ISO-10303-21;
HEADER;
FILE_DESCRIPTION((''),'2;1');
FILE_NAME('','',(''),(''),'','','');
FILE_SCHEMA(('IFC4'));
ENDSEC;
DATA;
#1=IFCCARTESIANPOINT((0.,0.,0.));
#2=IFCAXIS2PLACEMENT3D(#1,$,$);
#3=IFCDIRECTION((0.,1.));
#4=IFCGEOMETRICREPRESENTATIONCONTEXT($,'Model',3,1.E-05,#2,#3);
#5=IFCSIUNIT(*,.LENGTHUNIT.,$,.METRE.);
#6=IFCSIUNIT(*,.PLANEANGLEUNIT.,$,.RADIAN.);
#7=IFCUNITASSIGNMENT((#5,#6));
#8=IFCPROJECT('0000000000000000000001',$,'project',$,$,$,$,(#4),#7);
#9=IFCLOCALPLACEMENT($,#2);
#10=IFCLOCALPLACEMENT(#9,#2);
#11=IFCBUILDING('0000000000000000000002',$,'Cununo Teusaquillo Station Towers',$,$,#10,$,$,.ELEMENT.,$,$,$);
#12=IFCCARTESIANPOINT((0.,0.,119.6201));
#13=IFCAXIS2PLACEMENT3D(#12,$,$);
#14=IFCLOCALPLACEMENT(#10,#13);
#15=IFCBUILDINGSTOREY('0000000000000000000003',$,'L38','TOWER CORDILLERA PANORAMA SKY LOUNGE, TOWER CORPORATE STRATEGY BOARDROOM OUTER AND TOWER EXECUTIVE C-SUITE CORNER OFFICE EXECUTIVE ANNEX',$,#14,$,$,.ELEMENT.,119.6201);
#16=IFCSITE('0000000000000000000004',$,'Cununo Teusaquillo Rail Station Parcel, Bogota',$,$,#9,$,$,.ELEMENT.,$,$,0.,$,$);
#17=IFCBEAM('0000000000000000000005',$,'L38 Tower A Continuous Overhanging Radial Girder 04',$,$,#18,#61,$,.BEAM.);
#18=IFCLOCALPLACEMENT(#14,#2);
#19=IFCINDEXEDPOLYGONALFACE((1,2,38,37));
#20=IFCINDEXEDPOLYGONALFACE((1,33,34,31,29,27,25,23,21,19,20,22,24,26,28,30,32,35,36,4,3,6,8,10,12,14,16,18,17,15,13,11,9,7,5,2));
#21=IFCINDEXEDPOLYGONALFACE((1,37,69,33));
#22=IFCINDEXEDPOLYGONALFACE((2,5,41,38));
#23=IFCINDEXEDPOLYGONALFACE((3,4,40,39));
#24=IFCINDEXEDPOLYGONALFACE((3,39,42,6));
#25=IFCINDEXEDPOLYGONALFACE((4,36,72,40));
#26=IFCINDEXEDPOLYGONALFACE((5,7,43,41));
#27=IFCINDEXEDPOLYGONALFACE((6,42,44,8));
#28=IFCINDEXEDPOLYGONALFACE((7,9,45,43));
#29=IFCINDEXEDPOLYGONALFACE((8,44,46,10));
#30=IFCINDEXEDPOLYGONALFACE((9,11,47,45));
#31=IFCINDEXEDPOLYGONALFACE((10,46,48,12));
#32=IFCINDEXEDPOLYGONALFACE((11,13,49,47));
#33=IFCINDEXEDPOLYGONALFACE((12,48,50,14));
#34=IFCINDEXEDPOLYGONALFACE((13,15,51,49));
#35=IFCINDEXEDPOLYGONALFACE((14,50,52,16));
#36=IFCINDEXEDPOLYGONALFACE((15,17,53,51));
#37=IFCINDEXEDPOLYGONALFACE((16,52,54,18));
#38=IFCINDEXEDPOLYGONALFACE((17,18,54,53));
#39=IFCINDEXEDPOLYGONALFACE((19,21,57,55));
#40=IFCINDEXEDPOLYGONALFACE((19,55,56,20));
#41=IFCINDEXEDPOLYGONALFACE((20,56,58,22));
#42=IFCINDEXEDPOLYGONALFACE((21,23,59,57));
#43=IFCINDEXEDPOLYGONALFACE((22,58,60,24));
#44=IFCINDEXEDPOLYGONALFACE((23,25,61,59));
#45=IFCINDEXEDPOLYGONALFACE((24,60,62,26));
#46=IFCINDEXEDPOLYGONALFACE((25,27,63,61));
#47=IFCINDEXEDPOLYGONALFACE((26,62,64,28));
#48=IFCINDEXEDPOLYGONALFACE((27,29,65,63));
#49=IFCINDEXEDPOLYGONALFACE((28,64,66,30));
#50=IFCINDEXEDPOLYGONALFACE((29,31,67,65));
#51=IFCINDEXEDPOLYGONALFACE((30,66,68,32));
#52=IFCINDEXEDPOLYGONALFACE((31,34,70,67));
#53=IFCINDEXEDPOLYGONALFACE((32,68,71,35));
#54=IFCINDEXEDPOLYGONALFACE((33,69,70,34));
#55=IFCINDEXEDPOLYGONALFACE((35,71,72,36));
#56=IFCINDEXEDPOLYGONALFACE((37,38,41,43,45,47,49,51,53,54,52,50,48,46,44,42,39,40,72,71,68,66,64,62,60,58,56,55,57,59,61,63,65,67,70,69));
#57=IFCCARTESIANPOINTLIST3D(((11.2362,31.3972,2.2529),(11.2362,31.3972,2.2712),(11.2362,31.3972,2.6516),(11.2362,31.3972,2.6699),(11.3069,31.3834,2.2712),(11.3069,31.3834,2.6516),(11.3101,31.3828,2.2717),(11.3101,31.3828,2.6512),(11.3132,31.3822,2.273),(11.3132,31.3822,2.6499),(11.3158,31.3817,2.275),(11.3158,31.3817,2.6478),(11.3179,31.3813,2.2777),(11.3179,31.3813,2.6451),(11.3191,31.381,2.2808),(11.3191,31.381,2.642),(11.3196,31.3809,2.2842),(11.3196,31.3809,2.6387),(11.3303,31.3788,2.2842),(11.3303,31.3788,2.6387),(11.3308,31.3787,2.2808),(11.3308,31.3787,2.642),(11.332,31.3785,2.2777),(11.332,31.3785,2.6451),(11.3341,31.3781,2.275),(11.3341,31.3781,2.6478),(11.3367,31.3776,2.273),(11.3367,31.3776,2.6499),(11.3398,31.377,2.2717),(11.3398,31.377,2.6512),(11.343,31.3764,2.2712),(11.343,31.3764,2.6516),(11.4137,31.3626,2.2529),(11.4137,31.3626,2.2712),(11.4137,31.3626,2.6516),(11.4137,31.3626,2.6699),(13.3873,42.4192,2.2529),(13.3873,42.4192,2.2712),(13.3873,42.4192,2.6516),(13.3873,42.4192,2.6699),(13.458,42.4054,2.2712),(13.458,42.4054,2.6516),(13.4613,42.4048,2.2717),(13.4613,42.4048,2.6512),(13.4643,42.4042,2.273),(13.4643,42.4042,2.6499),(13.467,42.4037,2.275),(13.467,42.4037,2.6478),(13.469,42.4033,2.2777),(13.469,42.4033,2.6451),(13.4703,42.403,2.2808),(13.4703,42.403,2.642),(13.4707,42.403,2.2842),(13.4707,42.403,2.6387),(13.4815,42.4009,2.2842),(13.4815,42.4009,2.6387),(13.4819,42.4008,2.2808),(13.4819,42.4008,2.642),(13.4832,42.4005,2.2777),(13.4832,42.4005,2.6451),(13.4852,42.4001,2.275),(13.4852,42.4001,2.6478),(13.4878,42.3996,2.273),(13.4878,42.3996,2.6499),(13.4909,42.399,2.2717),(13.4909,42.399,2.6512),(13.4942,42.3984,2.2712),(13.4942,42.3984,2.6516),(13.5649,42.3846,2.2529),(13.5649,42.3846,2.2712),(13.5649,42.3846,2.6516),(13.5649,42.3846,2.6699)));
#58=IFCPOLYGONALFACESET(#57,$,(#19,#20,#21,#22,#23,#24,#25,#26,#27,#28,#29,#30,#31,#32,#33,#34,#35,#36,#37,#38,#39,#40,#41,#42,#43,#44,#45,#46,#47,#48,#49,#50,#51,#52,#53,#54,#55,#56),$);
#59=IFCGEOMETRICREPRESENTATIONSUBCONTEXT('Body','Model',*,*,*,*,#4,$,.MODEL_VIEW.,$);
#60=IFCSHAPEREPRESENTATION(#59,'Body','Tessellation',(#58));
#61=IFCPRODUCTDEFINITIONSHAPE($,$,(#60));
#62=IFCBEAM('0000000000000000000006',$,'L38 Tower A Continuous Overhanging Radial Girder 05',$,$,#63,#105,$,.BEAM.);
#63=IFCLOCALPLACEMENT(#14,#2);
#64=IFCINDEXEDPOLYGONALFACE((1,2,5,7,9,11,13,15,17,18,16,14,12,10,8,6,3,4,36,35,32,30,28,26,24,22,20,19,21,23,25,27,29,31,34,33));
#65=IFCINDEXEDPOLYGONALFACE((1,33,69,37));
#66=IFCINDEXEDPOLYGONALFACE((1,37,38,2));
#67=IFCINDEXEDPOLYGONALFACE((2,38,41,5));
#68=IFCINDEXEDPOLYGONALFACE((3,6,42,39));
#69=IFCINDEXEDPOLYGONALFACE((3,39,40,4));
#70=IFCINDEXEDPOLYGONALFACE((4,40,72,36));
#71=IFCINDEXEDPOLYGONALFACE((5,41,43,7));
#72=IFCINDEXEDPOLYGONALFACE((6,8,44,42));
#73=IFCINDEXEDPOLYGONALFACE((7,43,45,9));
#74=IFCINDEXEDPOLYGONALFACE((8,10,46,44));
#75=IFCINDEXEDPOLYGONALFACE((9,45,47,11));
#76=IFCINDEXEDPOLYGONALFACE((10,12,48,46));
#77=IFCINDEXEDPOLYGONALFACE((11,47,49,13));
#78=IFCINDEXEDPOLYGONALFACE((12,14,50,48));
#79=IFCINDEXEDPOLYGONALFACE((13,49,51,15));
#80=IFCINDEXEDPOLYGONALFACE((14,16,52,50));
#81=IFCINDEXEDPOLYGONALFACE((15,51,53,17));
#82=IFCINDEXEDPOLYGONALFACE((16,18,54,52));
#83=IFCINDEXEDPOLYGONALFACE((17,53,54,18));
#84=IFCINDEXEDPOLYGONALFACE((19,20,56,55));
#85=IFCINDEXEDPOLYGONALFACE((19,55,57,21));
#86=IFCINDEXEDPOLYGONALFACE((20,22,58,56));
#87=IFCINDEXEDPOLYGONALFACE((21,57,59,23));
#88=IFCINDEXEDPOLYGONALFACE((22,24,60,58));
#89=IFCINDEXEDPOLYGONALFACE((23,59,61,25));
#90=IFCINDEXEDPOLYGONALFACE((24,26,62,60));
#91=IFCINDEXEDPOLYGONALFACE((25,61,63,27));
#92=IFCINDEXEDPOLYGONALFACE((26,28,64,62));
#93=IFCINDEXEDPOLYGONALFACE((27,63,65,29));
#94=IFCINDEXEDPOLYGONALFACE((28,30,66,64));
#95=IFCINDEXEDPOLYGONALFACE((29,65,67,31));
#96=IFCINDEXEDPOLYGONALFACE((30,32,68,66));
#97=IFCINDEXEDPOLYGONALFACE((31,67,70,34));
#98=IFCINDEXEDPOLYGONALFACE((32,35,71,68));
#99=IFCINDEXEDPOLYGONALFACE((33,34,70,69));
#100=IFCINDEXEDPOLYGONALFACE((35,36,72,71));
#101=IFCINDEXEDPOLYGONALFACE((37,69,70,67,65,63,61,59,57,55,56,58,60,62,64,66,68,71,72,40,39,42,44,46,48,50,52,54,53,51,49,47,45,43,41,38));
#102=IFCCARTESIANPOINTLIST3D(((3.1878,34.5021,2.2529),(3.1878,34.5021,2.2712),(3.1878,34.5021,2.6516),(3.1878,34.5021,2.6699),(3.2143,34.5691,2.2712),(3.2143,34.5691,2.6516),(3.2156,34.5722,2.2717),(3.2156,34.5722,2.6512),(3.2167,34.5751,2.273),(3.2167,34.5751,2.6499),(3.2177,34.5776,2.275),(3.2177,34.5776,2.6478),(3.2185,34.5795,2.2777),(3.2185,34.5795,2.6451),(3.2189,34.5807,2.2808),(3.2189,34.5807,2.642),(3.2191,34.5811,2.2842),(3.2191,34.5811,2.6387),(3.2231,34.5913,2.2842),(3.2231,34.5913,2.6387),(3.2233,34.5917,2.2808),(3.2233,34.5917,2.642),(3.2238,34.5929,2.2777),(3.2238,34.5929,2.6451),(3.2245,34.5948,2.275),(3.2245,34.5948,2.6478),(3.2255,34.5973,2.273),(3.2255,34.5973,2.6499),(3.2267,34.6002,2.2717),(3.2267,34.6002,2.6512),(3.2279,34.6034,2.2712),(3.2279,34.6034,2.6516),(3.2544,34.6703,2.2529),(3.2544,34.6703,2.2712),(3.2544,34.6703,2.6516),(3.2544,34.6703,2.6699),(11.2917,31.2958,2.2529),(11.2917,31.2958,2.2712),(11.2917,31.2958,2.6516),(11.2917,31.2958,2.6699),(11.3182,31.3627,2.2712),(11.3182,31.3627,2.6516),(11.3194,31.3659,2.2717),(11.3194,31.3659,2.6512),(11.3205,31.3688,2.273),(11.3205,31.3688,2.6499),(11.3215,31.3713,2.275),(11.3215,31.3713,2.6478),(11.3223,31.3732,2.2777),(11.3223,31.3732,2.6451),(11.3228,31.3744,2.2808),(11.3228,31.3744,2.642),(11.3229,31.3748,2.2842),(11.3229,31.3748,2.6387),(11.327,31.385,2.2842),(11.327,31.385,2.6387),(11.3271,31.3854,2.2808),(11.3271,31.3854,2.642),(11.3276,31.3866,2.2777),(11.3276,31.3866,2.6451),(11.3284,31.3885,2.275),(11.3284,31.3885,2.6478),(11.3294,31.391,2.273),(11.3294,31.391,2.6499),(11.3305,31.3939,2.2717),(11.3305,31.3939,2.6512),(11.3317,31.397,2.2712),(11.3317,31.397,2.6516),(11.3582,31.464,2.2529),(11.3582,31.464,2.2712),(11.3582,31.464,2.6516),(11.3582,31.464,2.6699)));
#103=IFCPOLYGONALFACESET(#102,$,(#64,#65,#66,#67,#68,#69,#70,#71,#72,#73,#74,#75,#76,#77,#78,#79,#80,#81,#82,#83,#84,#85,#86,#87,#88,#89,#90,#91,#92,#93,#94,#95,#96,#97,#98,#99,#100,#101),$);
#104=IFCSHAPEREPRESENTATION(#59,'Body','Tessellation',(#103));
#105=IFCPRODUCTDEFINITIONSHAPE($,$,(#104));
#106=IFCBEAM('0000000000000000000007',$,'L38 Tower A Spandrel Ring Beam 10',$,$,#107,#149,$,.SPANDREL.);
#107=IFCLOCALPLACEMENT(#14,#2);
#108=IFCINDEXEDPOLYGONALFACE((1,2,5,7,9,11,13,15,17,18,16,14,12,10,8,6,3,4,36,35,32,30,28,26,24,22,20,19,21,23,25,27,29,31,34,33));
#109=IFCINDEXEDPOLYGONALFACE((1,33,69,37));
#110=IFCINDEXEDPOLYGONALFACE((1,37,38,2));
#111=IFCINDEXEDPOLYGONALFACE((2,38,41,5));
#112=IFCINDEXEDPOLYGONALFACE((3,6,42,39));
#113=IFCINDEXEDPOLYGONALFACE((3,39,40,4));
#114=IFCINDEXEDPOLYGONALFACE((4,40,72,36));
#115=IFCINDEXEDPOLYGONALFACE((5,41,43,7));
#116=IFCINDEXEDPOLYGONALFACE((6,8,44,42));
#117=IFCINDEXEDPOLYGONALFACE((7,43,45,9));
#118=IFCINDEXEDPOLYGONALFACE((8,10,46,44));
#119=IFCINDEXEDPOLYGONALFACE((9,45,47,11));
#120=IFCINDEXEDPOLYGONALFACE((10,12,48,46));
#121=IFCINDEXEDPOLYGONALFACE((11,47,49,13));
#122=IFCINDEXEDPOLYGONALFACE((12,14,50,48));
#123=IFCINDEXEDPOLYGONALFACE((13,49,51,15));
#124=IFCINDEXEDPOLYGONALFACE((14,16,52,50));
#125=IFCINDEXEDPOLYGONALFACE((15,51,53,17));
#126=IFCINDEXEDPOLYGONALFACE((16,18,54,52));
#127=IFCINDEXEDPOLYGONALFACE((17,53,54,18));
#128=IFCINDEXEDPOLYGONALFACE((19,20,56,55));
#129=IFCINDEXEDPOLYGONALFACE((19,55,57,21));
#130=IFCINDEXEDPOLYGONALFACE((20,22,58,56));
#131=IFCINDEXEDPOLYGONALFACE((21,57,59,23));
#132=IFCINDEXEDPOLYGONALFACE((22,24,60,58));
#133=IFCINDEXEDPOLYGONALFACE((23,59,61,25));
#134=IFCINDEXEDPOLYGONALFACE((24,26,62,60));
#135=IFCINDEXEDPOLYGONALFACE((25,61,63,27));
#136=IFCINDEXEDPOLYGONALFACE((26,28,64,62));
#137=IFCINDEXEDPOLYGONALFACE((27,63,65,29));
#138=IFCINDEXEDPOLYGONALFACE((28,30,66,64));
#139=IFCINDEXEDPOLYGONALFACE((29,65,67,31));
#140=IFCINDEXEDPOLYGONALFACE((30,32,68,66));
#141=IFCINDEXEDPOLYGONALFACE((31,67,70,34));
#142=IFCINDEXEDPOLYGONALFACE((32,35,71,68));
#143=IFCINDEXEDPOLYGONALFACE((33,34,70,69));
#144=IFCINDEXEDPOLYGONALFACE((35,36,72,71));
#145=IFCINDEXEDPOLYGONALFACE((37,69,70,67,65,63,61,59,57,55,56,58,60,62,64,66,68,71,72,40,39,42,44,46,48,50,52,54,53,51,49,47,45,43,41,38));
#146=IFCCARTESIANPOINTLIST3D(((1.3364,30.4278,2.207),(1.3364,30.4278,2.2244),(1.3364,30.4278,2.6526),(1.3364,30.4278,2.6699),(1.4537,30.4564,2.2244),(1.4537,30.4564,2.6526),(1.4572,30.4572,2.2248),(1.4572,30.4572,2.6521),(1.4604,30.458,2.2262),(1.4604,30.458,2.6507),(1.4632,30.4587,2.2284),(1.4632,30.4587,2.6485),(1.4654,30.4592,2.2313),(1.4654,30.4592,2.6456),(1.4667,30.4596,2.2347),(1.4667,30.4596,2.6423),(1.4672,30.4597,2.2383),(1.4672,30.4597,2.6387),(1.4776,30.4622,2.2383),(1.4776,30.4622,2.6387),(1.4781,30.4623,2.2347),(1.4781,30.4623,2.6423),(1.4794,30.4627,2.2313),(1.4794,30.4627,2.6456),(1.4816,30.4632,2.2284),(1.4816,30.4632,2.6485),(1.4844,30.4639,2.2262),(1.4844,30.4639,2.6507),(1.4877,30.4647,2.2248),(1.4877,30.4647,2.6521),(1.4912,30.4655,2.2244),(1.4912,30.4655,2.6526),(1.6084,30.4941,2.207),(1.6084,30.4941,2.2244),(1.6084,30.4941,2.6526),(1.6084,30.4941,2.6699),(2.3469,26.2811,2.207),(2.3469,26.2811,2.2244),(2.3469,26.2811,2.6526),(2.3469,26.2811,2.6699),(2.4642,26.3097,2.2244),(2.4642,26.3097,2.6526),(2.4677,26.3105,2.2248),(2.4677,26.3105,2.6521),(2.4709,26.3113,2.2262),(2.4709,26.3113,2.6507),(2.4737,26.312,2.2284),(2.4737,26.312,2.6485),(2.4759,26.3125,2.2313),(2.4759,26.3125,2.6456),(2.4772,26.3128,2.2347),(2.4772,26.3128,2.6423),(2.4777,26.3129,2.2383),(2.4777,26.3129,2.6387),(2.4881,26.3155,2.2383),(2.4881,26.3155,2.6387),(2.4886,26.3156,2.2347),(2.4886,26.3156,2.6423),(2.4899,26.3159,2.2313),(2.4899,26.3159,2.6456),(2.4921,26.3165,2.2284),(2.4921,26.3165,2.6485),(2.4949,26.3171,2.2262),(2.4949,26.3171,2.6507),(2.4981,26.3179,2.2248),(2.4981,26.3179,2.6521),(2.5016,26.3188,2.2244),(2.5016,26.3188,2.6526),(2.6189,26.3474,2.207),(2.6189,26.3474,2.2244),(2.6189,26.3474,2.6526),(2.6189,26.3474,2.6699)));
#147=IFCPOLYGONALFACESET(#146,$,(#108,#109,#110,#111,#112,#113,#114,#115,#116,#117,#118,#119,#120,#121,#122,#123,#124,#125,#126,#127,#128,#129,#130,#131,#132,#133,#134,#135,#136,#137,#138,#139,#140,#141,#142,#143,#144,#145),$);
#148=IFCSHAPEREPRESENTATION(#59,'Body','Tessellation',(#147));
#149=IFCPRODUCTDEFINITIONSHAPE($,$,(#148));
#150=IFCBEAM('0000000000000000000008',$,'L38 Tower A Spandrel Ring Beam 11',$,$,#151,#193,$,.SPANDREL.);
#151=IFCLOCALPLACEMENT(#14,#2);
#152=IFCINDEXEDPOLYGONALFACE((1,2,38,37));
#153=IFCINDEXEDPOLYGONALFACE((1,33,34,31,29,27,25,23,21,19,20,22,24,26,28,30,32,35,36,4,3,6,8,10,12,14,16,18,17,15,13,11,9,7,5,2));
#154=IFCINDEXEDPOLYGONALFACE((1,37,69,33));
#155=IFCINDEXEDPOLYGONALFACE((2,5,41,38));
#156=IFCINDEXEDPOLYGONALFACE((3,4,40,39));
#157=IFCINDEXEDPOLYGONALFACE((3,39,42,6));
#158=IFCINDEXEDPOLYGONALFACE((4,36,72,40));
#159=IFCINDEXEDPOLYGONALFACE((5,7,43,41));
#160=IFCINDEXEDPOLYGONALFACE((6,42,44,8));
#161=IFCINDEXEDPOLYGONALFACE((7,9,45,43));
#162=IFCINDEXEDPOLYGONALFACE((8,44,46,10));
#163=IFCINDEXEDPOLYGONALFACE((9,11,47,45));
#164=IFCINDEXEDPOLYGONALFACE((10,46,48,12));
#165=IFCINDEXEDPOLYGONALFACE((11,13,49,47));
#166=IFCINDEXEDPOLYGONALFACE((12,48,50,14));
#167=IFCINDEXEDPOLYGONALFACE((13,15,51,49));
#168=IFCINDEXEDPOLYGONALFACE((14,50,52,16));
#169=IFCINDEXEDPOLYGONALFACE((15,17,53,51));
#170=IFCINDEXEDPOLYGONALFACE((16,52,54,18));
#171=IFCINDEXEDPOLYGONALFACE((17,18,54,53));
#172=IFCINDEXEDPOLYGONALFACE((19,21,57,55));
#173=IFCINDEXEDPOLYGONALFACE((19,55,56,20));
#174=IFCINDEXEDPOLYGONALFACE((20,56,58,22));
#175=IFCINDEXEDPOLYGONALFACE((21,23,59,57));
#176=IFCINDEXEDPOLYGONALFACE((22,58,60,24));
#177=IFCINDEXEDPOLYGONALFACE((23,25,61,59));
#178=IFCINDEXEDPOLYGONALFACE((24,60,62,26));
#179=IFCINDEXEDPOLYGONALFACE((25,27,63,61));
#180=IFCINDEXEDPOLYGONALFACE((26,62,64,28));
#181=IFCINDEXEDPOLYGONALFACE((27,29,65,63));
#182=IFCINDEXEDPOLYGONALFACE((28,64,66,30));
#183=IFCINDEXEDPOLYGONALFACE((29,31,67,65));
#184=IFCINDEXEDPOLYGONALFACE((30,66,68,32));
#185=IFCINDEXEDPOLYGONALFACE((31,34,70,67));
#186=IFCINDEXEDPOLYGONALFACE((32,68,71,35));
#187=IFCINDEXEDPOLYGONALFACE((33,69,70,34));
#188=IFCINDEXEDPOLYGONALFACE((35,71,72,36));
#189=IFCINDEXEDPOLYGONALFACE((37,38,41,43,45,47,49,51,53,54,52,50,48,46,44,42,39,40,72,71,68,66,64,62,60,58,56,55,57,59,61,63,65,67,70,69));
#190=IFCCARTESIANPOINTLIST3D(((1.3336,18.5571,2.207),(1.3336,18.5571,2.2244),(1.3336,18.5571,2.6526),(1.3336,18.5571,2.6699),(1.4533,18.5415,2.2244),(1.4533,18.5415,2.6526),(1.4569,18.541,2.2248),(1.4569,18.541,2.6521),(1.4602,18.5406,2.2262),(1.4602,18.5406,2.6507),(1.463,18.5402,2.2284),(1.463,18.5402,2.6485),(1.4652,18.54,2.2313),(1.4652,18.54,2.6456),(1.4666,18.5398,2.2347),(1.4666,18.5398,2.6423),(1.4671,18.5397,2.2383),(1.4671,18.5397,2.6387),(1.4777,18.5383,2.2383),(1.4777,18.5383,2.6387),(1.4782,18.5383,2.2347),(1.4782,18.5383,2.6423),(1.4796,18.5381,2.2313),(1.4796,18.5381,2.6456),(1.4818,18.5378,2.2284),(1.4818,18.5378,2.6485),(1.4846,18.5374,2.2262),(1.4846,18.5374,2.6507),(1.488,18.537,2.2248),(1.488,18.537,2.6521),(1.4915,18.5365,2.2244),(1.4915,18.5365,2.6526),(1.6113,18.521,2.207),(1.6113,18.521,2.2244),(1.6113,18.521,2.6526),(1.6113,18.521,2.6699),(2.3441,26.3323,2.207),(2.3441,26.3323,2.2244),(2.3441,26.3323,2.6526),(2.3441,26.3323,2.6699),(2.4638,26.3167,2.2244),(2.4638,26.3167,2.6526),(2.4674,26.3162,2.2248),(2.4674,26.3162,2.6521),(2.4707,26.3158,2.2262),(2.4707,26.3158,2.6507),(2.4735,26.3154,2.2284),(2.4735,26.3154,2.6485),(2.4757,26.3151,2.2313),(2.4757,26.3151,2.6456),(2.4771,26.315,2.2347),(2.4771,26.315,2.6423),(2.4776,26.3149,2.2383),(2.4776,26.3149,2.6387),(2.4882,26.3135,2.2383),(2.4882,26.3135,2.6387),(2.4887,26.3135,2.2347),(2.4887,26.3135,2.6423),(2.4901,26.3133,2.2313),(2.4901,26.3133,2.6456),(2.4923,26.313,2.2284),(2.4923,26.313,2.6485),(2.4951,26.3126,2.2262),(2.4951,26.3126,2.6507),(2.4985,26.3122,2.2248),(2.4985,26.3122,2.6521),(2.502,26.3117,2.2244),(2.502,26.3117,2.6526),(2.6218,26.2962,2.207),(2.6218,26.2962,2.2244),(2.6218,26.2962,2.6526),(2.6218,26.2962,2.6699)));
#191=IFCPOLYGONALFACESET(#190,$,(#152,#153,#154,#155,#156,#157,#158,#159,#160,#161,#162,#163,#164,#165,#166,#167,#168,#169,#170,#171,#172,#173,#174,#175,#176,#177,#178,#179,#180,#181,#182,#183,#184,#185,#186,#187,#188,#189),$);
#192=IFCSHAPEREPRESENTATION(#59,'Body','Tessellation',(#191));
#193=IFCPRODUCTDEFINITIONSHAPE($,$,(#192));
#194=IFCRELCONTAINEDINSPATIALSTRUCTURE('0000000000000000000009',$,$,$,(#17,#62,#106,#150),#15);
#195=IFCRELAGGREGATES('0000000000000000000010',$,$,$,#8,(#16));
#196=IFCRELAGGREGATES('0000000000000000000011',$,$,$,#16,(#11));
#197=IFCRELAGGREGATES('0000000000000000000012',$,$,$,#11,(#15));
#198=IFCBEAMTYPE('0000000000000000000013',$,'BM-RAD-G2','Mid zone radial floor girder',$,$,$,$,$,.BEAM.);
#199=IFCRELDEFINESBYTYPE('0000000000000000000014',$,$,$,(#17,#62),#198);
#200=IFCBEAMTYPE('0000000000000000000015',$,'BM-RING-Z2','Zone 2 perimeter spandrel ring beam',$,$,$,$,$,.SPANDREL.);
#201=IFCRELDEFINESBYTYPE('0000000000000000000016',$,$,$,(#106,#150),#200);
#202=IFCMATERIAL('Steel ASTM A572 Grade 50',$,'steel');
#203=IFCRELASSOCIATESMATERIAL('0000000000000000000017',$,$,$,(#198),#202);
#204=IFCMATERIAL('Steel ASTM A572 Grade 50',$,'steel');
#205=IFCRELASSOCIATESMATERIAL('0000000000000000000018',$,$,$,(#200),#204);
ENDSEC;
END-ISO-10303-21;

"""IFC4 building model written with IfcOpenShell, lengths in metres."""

from ifc_helpers import new_model, si_unit, direction, frame, origin, origin_2d, place, context, subcontext, project, spatial, i_section, extrude, material, material_profile, profile_set, type_object, element, save


model = new_model("IFC4")

# Units and contexts
model_context = context("Model", 3, precision=1e-05, world=origin(), true_north=direction((0.0, 1.0)))
body_context = subcontext(model_context, "Body", "Model", "MODEL_VIEW")
ifc_project = project(units=[si_unit("LENGTHUNIT", "METRE"), si_unit("PLANEANGLEUNIT", "RADIAN")], contexts=[model_context])

# Site, building, storey
site_placement = place(None, origin())
site = spatial("IfcSite", under=ifc_project, at=site_placement, Name="Cununo Teusaquillo Rail Station Parcel, Bogota", CompositionType="ELEMENT", RefElevation=0.0)
building_placement = place(site_placement, origin())
building = spatial("IfcBuilding", under=site, at=building_placement, Name="Cununo Teusaquillo Station Towers", CompositionType="ELEMENT")
storey_placement = place(building_placement, frame((0.0, 0.0, 119.6201)))
storey = spatial("IfcBuildingStorey", under=building, at=storey_placement, Name="L38", Description="TOWER CORDILLERA PANORAMA SKY LOUNGE, TOWER CORPORATE STRATEGY BOARDROOM OUTER AND TOWER EXECUTIVE C-SUITE CORNER OFFICE EXECUTIVE ANNEX", CompositionType="ELEMENT", Elevation=119.6201)

# Beams
ifc_material_1 = material(Name="Steel ASTM A572 Grade 50", Category="steel")
ifc_material_profile_1 = material_profile(ifc_material_1, i_section(OverallWidth=0.1809, OverallDepth=0.417, WebThickness=0.011, FlangeThickness=0.0183, FilletRadius=0.0129, at=origin_2d()), Name="W16X57")
ifc_profile_set_1 = profile_set([ifc_material_profile_1], Name="Steel ASTM A572 Grade 50")
beam_type_1 = type_object("IfcBeamType", Name="BM-RAD-G2", Description="Mid zone radial floor girder", PredefinedType="BEAM", material=ifc_profile_set_1)
beam_1_placement = place(storey_placement, frame((11.325, 31.3799, 2.4614), z_axis=(0.191553, 0.981482, 0.0), x_axis=(-0.981482, 0.191553, 0.0)))
element("IfcBeam", 1, at=beam_1_placement, inside=storey, type_object=beam_type_1, Name="L38 Tower A Continuous Overhanging Radial Girder 04", PredefinedType="BEAM", context=body_context, shape_type="SweptSolid", body=[
    extrude(i_section(OverallWidth=0.1809, OverallDepth=0.417, WebThickness=0.011, FlangeThickness=0.0183, FilletRadius=0.0129, at=origin_2d()), origin(), (0.0, 0.0, 1.0), 11.23),
])
beam_2_placement = place(storey_placement, frame((11.325, 31.3799, 2.4614), z_axis=(-0.929863, 0.367906, 0.0), x_axis=(-0.367906, -0.929863, 0.0)))
element("IfcBeam", 2, at=beam_2_placement, inside=storey, type_object=beam_type_1, Name="L38 Tower A Continuous Overhanging Radial Girder 05", PredefinedType="BEAM", context=body_context, shape_type="SweptSolid", body=[
    extrude(i_section(OverallWidth=0.1809, OverallDepth=0.417, WebThickness=0.011, FlangeThickness=0.0183, FilletRadius=0.0129, at=origin_2d()), origin(), (0.0, 0.0, 1.0), 8.7151),
])
ifc_material_2 = material(Name="Steel ASTM A572 Grade 50", Category="steel")
ifc_material_profile_2 = material_profile(ifc_material_2, i_section(OverallWidth=0.28, OverallDepth=0.4629, WebThickness=0.0107, FlangeThickness=0.0173, FilletRadius=0.0139, at=origin_2d()), Name="W18X76")
ifc_profile_set_2 = profile_set([ifc_material_profile_2], Name="Steel ASTM A572 Grade 50")
beam_type_2 = type_object("IfcBeamType", Name="BM-RING-Z2", Description="Zone 2 perimeter spandrel ring beam", PredefinedType="SPANDREL", material=ifc_profile_set_2)
beam_3_placement = place(storey_placement, frame((1.4724, 30.4609, 2.4385), z_axis=(0.236757, -0.971569, 0.0), x_axis=(0.971569, 0.236757, 0.0)))
element("IfcBeam", 3, at=beam_3_placement, inside=storey, type_object=beam_type_2, Name="L38 Tower A Spandrel Ring Beam 10", PredefinedType="SPANDREL", context=body_context, shape_type="SweptSolid", body=[
    extrude(i_section(OverallWidth=0.28, OverallDepth=0.4629, WebThickness=0.0107, FlangeThickness=0.0173, FilletRadius=0.0139, at=origin_2d()), origin(), (0.0, 0.0, 1.0), 4.2681),
])
beam_4_placement = place(storey_placement, frame((2.4829, 26.3142, 2.4385), z_axis=(-0.128881, -0.99166, 0.0), x_axis=(0.99166, -0.128881, 0.0)))
element("IfcBeam", 4, at=beam_4_placement, inside=storey, type_object=beam_type_2, Name="L38 Tower A Spandrel Ring Beam 11", PredefinedType="SPANDREL", context=body_context, shape_type="SweptSolid", body=[
    extrude(i_section(OverallWidth=0.28, OverallDepth=0.4629, WebThickness=0.0107, FlangeThickness=0.0173, FilletRadius=0.0139, at=origin_2d()), origin(), (0.0, 0.0, 1.0), 7.8406),
])

save(model, "model.ifc")
